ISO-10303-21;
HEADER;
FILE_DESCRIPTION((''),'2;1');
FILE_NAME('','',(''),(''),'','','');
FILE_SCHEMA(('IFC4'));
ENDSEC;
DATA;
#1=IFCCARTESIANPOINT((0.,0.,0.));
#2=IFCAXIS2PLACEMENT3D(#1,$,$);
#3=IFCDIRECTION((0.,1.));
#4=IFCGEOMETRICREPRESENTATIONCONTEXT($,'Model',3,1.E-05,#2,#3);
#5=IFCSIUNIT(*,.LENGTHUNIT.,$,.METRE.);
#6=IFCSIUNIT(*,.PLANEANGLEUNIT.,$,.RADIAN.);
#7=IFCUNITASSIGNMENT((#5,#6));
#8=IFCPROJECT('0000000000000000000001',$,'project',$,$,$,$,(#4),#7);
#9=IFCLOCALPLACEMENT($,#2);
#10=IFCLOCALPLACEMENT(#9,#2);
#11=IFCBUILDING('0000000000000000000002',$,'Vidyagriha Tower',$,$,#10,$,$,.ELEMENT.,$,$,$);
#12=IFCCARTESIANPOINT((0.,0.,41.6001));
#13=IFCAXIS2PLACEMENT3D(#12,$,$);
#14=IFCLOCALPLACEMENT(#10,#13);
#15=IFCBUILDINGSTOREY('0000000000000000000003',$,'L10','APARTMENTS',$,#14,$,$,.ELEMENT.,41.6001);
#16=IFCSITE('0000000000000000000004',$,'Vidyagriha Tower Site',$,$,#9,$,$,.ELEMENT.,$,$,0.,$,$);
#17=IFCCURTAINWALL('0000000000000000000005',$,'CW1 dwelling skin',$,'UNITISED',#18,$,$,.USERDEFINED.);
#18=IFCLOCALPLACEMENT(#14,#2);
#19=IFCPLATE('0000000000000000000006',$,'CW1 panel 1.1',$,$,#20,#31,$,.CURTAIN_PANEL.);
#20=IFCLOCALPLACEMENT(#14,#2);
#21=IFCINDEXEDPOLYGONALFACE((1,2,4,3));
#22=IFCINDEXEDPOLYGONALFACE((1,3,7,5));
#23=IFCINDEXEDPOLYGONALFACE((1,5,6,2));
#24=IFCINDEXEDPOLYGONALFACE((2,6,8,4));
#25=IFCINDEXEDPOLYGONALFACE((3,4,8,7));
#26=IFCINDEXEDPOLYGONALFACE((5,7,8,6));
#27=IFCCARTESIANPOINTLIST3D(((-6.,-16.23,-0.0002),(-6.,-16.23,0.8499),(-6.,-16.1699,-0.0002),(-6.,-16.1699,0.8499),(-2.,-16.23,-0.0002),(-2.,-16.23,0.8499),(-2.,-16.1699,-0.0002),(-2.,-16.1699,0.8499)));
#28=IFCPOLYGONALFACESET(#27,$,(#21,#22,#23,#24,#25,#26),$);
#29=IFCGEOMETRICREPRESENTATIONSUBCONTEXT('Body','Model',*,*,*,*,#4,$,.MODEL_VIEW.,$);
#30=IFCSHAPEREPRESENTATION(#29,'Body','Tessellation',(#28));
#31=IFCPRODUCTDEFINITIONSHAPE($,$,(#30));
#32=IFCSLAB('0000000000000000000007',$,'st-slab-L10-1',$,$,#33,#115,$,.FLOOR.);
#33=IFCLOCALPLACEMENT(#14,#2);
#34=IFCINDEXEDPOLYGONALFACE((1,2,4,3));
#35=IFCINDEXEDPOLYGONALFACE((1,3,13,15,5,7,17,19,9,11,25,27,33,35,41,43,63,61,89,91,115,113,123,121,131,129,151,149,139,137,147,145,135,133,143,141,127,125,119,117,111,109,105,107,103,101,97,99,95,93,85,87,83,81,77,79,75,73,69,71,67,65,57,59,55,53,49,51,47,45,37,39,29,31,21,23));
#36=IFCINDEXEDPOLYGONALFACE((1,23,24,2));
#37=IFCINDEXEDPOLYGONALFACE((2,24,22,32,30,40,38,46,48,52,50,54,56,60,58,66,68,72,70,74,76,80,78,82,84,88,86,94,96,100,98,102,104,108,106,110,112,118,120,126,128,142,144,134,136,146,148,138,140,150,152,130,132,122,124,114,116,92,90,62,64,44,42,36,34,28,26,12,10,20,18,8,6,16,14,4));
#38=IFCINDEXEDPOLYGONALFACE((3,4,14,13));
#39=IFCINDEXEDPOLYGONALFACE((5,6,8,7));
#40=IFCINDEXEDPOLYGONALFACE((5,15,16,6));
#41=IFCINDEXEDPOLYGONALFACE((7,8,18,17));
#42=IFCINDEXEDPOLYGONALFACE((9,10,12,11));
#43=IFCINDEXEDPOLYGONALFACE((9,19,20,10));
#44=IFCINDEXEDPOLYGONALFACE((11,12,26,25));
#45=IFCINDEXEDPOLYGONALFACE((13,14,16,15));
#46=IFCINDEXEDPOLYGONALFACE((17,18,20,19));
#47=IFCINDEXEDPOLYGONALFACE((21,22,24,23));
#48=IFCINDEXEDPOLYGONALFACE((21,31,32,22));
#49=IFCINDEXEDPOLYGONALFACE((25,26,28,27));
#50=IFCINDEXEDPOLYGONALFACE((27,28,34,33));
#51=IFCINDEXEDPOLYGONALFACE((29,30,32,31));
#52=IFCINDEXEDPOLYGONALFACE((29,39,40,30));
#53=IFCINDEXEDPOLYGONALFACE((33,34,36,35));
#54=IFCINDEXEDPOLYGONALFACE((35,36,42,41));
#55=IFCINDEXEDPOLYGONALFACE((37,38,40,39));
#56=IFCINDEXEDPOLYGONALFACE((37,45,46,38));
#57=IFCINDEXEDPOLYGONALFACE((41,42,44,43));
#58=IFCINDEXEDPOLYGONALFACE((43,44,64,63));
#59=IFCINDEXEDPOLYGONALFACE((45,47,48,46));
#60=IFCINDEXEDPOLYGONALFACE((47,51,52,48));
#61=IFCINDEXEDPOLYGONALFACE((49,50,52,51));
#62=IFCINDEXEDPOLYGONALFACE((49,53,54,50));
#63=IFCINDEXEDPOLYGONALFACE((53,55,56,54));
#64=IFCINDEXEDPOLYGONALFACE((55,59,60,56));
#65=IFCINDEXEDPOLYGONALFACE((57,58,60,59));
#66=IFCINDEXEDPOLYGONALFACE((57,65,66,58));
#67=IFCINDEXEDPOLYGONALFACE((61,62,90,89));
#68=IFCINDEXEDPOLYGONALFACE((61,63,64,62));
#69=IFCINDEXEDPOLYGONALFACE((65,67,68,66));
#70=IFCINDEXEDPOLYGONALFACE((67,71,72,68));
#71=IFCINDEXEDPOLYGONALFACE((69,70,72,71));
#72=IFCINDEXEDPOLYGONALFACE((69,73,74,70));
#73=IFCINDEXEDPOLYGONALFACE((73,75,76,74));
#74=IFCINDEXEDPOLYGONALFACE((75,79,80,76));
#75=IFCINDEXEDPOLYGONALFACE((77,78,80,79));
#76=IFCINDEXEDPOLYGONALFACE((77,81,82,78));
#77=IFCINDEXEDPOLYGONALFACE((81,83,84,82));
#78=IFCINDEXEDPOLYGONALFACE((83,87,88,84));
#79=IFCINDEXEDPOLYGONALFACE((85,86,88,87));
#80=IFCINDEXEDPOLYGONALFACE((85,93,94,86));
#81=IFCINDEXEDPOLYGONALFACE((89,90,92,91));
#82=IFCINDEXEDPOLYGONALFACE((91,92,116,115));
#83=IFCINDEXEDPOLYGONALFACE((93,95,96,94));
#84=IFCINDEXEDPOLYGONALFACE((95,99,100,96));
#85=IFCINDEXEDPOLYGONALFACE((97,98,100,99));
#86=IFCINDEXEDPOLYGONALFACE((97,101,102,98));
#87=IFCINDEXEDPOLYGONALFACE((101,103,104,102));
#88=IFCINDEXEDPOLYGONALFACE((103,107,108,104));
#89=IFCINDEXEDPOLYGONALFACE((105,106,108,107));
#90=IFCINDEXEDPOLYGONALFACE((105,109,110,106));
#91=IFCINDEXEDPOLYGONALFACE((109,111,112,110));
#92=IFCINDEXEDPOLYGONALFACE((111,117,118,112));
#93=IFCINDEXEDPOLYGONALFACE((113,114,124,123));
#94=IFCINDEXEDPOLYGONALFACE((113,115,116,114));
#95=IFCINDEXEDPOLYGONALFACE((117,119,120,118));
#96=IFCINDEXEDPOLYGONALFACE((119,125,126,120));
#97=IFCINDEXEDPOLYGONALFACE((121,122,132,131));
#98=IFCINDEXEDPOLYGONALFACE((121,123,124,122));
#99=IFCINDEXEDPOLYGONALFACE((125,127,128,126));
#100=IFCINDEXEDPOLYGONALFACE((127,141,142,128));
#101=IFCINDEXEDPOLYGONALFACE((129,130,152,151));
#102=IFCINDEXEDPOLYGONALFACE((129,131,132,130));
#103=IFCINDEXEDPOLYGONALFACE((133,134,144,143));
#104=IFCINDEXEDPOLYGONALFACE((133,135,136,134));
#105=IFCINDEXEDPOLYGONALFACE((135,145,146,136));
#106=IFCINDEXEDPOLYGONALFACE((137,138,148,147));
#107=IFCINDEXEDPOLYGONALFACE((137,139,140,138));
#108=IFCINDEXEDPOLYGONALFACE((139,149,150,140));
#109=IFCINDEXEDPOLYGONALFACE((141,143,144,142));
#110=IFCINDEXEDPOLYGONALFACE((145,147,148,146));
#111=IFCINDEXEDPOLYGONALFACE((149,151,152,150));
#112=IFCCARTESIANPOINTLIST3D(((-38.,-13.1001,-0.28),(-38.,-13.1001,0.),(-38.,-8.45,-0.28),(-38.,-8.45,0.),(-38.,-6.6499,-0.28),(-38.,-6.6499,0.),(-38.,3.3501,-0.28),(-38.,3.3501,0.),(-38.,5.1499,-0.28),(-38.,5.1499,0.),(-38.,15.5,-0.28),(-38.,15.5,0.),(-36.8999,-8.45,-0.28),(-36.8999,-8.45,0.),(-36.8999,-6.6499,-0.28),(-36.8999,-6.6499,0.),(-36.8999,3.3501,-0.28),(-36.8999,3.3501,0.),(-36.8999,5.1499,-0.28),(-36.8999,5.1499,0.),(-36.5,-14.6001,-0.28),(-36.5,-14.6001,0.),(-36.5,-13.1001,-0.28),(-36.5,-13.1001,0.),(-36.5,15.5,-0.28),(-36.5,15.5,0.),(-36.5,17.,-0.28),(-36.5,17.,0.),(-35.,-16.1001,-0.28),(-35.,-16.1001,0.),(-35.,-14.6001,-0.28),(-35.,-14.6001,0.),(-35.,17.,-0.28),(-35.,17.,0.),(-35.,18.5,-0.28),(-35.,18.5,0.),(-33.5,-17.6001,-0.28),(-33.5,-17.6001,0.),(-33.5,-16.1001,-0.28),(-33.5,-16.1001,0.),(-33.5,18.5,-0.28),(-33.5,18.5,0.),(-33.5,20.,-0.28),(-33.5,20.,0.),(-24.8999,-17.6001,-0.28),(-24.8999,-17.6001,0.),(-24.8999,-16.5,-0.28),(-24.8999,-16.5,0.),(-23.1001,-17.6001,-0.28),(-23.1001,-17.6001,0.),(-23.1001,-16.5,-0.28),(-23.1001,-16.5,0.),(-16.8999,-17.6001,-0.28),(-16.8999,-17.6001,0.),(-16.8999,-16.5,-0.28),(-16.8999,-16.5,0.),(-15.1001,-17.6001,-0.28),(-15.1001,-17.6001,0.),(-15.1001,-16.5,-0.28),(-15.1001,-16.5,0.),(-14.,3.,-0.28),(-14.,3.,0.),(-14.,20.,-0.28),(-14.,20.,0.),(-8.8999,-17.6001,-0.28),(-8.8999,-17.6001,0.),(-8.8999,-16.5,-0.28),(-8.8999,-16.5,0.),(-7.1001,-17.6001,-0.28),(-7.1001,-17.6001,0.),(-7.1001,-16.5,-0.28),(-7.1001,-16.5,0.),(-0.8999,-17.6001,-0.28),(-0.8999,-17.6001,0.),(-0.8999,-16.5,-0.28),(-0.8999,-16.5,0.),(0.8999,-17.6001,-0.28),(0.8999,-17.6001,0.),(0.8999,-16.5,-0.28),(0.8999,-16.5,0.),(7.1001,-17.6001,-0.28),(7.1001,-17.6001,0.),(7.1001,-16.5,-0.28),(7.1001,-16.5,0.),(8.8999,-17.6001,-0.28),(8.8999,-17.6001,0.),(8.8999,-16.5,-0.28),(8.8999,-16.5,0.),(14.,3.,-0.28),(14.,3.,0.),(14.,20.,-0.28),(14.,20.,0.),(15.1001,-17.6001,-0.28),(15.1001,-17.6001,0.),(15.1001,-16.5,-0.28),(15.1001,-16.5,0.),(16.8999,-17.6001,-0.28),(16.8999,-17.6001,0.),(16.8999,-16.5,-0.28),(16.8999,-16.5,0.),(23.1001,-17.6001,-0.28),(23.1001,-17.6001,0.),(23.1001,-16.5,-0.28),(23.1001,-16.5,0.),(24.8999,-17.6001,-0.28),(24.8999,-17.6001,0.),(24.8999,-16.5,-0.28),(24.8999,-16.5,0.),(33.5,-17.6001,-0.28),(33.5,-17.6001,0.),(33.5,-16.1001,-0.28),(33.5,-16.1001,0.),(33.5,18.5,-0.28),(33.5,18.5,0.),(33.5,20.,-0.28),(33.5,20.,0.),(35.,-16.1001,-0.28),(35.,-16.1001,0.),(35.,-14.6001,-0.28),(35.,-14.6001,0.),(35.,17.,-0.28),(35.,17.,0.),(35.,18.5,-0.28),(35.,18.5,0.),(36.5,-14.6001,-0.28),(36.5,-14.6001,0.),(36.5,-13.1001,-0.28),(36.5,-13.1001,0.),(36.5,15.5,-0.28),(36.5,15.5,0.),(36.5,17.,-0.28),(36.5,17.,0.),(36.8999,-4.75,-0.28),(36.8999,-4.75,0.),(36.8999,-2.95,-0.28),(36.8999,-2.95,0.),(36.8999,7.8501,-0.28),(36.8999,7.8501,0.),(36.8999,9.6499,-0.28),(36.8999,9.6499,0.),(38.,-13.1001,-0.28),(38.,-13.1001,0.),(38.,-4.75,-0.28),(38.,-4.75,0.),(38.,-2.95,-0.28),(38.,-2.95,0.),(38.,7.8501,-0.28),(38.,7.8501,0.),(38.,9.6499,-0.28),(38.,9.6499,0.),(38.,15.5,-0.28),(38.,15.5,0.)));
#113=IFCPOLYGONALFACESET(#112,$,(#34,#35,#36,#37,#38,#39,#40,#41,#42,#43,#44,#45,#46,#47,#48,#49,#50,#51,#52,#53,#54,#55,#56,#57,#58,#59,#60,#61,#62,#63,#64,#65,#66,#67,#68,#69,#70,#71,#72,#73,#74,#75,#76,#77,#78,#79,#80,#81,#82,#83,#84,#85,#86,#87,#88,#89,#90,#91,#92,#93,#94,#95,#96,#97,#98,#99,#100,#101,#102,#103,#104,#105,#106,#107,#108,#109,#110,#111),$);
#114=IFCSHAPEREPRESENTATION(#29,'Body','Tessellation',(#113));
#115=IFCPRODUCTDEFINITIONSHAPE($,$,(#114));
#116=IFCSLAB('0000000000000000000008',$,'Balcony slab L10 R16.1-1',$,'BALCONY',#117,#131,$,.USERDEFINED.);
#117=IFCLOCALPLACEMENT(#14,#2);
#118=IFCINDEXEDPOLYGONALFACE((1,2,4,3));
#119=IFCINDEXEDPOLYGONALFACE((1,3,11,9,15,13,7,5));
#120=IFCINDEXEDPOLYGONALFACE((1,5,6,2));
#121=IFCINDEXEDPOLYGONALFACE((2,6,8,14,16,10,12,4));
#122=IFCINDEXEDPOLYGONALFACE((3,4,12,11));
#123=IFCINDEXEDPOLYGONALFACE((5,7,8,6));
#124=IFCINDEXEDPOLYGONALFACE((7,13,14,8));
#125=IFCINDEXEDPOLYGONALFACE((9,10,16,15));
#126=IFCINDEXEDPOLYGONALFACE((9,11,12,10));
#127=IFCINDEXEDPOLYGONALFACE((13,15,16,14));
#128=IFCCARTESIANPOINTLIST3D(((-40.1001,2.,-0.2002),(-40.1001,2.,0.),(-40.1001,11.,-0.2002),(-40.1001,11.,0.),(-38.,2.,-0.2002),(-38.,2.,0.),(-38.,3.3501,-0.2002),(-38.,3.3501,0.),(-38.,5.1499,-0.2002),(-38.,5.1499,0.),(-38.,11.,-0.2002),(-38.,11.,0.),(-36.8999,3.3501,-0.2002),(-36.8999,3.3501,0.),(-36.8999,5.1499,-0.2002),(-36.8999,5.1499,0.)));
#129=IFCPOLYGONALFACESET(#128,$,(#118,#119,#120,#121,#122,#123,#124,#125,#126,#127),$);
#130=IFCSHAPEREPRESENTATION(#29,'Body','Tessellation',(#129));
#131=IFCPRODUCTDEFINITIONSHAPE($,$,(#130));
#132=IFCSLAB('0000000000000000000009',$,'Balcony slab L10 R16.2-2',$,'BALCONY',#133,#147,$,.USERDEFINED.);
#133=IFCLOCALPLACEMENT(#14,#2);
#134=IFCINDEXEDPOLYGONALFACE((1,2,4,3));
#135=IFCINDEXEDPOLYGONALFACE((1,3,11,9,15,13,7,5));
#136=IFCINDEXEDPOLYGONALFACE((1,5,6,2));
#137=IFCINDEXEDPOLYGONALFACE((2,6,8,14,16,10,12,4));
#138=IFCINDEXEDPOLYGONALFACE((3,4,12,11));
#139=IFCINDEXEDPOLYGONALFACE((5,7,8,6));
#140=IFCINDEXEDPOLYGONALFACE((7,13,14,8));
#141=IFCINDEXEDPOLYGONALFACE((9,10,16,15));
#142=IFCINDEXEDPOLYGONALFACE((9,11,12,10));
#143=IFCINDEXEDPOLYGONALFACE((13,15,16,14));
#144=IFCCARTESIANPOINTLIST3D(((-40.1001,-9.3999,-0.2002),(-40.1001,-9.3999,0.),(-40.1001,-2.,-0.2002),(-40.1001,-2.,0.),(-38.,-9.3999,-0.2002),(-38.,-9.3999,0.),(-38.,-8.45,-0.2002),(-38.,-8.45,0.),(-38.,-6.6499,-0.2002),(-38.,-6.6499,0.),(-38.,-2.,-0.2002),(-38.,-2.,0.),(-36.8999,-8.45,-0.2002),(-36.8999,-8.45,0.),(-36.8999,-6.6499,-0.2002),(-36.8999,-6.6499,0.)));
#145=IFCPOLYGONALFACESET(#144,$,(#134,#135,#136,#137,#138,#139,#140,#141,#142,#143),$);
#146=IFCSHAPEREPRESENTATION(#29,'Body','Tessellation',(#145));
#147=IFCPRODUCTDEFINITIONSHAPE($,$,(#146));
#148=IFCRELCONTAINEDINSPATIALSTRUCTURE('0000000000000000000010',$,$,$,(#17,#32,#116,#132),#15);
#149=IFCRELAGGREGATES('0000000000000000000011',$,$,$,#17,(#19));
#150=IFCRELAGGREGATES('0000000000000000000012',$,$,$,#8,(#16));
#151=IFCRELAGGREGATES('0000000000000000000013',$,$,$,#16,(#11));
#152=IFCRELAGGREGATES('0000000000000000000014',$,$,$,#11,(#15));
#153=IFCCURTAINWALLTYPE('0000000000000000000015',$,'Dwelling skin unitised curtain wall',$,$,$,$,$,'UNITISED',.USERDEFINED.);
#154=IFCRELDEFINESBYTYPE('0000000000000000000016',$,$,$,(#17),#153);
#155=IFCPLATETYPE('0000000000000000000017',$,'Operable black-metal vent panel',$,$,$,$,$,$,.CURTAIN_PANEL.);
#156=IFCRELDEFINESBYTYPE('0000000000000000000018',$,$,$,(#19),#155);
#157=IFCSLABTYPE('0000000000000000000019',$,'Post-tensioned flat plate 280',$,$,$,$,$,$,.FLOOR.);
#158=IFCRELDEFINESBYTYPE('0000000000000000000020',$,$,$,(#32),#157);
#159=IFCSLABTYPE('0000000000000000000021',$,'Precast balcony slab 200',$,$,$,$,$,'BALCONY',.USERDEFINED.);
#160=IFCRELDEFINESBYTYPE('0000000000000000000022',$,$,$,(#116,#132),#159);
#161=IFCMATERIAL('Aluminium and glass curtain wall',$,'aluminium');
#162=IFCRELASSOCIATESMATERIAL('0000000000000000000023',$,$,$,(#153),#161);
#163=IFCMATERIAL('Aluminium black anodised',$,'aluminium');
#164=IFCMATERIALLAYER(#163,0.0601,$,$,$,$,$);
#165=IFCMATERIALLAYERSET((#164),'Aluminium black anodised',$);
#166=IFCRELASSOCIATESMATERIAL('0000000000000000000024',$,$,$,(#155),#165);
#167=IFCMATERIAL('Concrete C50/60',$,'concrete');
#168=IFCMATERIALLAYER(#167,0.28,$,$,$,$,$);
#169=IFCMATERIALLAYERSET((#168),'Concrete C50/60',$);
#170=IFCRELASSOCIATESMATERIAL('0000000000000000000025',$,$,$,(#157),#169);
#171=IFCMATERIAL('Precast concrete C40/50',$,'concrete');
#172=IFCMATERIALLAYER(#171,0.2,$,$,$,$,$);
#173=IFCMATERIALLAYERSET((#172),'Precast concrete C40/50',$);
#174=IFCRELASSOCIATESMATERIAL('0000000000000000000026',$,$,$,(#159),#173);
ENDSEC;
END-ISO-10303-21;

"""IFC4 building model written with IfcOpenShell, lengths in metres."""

from ifc_helpers import new_model, si_unit, direction, frame, origin, origin_2d, place, context, subcontext, project, spatial, polyline, rectangle, outline, extrude, material, layer, layer_set, type_object, element, aggregate, save


model = new_model("IFC4")

# Units and contexts
model_context = context("Model", 3, precision=1e-05, world=origin(), true_north=direction((0.0, 1.0)))
body_context = subcontext(model_context, "Body", "Model", "MODEL_VIEW")
ifc_project = project(units=[si_unit("LENGTHUNIT", "METRE"), si_unit("PLANEANGLEUNIT", "RADIAN")], contexts=[model_context])

# Site, building, storey
site_placement = place(None, origin())
site = spatial("IfcSite", under=ifc_project, at=site_placement, Name="Vidyagriha Tower Site", CompositionType="ELEMENT", RefElevation=0.0)
building_placement = place(site_placement, origin())
building = spatial("IfcBuilding", under=site, at=building_placement, Name="Vidyagriha Tower", CompositionType="ELEMENT")
storey_placement = place(building_placement, frame((0.0, 0.0, 41.6001)))
storey = spatial("IfcBuildingStorey", under=building, at=storey_placement, Name="L10", Description="APARTMENTS", CompositionType="ELEMENT", Elevation=41.6001)

# Curtain wall
ifc_material_1 = material(Name="Aluminium and glass curtain wall", Category="aluminium")
curtain_wall_type = type_object("IfcCurtainWallType", Name="Dwelling skin unitised curtain wall", ElementType="UNITISED", PredefinedType="USERDEFINED", material=ifc_material_1)
curtain_wall_placement = place(storey_placement, origin())
curtain_wall = element("IfcCurtainWall", 1, at=curtain_wall_placement, inside=storey, type_object=curtain_wall_type, Name="CW1 dwelling skin", ObjectType="UNITISED", PredefinedType="USERDEFINED")

# Plate
ifc_material_2 = material(Name="Aluminium black anodised", Category="aluminium")
ifc_layer_1 = layer(ifc_material_2, 0.0601)
ifc_layer_set_1 = layer_set([ifc_layer_1], Name="Aluminium black anodised")
plate_type_1 = type_object("IfcPlateType", Name="Operable black-metal vent panel", PredefinedType="CURTAIN_PANEL", material=ifc_layer_set_1)
plate_1_placement = place(storey_placement, frame((-4.0, -16.2, -0.0002)))
plate_1 = element("IfcPlate", 2, at=plate_1_placement, type_object=plate_type_1, Name="CW1 panel 1.1", PredefinedType="CURTAIN_PANEL", context=body_context, shape_type="SweptSolid", body=[
    extrude(rectangle(XDim=4.0, YDim=0.0601, at=origin_2d()), origin(), (0.0, 0.0, 1.0), 0.8501),
])
aggregate(curtain_wall, [plate_1])

# Slabs
ifc_material_3 = material(Name="Concrete C50/60", Category="concrete")
ifc_layer_2 = layer(ifc_material_3, 0.28)
ifc_layer_set_2 = layer_set([ifc_layer_2], Name="Concrete C50/60")
slab_type_1 = type_object("IfcSlabType", Name="Post-tensioned flat plate 280", PredefinedType="FLOOR", material=ifc_layer_set_2)
slab_1_placement = place(storey_placement, frame((0.0, 0.0, -0.28)))
element("IfcSlab", 3, at=slab_1_placement, inside=storey, type_object=slab_type_1, Name="st-slab-L10-1", PredefinedType="FLOOR", context=body_context, shape_type="SweptSolid", body=[
    extrude(outline(polyline([(36.5, -14.6001), (35.0, -14.6001), (35.0, -16.1001), (33.5, -16.1001), (33.5, -17.6001), (24.8999, -17.6001), (24.8999, -16.5), (23.1001, -16.5), (23.1001, -17.6001), (16.8999, -17.6001), (16.8999, -16.5), (15.1001, -16.5), (15.1001, -17.6001), (8.8999, -17.6001), (8.8999, -16.5), (7.1001, -16.5), (7.1001, -17.6001), (0.8999, -17.6001), (0.8999, -16.5), (-0.8999, -16.5), (-0.8999, -17.6001), (-7.1001, -17.6001), (-7.1001, -16.5), (-8.8999, -16.5), (-8.8999, -17.6001), (-15.1001, -17.6001), (-15.1001, -16.5), (-16.8999, -16.5), (-16.8999, -17.6001), (-23.1001, -17.6001), (-23.1001, -16.5), (-24.8999, -16.5), (-24.8999, -17.6001), (-33.5, -17.6001), (-33.5, -16.1001), (-35.0, -16.1001), (-35.0, -14.6001), (-36.5, -14.6001), (-36.5, -13.1001), (-38.0, -13.1001), (-38.0, -8.45), (-36.8999, -8.45), (-36.8999, -6.6499), (-38.0, -6.6499), (-38.0, 3.3501), (-36.8999, 3.3501), (-36.8999, 5.1499), (-38.0, 5.1499), (-38.0, 15.5), (-36.5, 15.5), (-36.5, 17.0), (-35.0, 17.0), (-35.0, 18.5), (-33.5, 18.5), (-33.5, 20.0), (-14.0, 20.0), (-14.0, 3.0), (14.0, 3.0), (14.0, 20.0), (33.5, 20.0), (33.5, 18.5), (35.0, 18.5), (35.0, 17.0), (36.5, 17.0), (36.5, 15.5), (38.0, 15.5), (38.0, 9.6499), (36.8999, 9.6499), (36.8999, 7.8501), (38.0, 7.8501), (38.0, -2.95), (36.8999, -2.95), (36.8999, -4.75), (38.0, -4.75), (38.0, -13.1001), (36.5, -13.1001), (36.5, -14.6001)])), origin(), (0.0, 0.0, 1.0), 0.28),
])
ifc_material_4 = material(Name="Precast concrete C40/50", Category="concrete")
ifc_layer_3 = layer(ifc_material_4, 0.2)
ifc_layer_set_3 = layer_set([ifc_layer_3], Name="Precast concrete C40/50")
slab_type_2 = type_object("IfcSlabType", Name="Precast balcony slab 200", ElementType="BALCONY", PredefinedType="USERDEFINED", material=ifc_layer_set_3)
slab_2_placement = place(storey_placement, frame((0.0, 0.0, -0.2002)))
element("IfcSlab", 4, at=slab_2_placement, inside=storey, type_object=slab_type_2, Name="Balcony slab L10 R16.1-1", ObjectType="BALCONY", PredefinedType="USERDEFINED", context=body_context, shape_type="SweptSolid", body=[
    extrude(outline(polyline([(-36.8999, 3.3501), (-36.8999, 5.1499), (-38.0, 5.1499), (-38.0, 11.0), (-40.1001, 11.0), (-40.1001, 2.0), (-38.0, 2.0), (-38.0, 3.3501), (-36.8999, 3.3501)])), origin(), (0.0, 0.0, 1.0), 0.2002),
])
slab_3_placement = place(storey_placement, frame((0.0, 0.0, -0.2002)))
element("IfcSlab", 5, at=slab_3_placement, inside=storey, type_object=slab_type_2, Name="Balcony slab L10 R16.2-2", ObjectType="BALCONY", PredefinedType="USERDEFINED", context=body_context, shape_type="SweptSolid", body=[
    extrude(outline(polyline([(-36.8999, -8.45), (-36.8999, -6.6499), (-38.0, -6.6499), (-38.0, -2.0), (-40.1001, -2.0), (-40.1001, -9.3999), (-38.0, -9.3999), (-38.0, -8.45), (-36.8999, -8.45)])), origin(), (0.0, 0.0, 1.0), 0.2002),
])

save(model, "model.ifc")
